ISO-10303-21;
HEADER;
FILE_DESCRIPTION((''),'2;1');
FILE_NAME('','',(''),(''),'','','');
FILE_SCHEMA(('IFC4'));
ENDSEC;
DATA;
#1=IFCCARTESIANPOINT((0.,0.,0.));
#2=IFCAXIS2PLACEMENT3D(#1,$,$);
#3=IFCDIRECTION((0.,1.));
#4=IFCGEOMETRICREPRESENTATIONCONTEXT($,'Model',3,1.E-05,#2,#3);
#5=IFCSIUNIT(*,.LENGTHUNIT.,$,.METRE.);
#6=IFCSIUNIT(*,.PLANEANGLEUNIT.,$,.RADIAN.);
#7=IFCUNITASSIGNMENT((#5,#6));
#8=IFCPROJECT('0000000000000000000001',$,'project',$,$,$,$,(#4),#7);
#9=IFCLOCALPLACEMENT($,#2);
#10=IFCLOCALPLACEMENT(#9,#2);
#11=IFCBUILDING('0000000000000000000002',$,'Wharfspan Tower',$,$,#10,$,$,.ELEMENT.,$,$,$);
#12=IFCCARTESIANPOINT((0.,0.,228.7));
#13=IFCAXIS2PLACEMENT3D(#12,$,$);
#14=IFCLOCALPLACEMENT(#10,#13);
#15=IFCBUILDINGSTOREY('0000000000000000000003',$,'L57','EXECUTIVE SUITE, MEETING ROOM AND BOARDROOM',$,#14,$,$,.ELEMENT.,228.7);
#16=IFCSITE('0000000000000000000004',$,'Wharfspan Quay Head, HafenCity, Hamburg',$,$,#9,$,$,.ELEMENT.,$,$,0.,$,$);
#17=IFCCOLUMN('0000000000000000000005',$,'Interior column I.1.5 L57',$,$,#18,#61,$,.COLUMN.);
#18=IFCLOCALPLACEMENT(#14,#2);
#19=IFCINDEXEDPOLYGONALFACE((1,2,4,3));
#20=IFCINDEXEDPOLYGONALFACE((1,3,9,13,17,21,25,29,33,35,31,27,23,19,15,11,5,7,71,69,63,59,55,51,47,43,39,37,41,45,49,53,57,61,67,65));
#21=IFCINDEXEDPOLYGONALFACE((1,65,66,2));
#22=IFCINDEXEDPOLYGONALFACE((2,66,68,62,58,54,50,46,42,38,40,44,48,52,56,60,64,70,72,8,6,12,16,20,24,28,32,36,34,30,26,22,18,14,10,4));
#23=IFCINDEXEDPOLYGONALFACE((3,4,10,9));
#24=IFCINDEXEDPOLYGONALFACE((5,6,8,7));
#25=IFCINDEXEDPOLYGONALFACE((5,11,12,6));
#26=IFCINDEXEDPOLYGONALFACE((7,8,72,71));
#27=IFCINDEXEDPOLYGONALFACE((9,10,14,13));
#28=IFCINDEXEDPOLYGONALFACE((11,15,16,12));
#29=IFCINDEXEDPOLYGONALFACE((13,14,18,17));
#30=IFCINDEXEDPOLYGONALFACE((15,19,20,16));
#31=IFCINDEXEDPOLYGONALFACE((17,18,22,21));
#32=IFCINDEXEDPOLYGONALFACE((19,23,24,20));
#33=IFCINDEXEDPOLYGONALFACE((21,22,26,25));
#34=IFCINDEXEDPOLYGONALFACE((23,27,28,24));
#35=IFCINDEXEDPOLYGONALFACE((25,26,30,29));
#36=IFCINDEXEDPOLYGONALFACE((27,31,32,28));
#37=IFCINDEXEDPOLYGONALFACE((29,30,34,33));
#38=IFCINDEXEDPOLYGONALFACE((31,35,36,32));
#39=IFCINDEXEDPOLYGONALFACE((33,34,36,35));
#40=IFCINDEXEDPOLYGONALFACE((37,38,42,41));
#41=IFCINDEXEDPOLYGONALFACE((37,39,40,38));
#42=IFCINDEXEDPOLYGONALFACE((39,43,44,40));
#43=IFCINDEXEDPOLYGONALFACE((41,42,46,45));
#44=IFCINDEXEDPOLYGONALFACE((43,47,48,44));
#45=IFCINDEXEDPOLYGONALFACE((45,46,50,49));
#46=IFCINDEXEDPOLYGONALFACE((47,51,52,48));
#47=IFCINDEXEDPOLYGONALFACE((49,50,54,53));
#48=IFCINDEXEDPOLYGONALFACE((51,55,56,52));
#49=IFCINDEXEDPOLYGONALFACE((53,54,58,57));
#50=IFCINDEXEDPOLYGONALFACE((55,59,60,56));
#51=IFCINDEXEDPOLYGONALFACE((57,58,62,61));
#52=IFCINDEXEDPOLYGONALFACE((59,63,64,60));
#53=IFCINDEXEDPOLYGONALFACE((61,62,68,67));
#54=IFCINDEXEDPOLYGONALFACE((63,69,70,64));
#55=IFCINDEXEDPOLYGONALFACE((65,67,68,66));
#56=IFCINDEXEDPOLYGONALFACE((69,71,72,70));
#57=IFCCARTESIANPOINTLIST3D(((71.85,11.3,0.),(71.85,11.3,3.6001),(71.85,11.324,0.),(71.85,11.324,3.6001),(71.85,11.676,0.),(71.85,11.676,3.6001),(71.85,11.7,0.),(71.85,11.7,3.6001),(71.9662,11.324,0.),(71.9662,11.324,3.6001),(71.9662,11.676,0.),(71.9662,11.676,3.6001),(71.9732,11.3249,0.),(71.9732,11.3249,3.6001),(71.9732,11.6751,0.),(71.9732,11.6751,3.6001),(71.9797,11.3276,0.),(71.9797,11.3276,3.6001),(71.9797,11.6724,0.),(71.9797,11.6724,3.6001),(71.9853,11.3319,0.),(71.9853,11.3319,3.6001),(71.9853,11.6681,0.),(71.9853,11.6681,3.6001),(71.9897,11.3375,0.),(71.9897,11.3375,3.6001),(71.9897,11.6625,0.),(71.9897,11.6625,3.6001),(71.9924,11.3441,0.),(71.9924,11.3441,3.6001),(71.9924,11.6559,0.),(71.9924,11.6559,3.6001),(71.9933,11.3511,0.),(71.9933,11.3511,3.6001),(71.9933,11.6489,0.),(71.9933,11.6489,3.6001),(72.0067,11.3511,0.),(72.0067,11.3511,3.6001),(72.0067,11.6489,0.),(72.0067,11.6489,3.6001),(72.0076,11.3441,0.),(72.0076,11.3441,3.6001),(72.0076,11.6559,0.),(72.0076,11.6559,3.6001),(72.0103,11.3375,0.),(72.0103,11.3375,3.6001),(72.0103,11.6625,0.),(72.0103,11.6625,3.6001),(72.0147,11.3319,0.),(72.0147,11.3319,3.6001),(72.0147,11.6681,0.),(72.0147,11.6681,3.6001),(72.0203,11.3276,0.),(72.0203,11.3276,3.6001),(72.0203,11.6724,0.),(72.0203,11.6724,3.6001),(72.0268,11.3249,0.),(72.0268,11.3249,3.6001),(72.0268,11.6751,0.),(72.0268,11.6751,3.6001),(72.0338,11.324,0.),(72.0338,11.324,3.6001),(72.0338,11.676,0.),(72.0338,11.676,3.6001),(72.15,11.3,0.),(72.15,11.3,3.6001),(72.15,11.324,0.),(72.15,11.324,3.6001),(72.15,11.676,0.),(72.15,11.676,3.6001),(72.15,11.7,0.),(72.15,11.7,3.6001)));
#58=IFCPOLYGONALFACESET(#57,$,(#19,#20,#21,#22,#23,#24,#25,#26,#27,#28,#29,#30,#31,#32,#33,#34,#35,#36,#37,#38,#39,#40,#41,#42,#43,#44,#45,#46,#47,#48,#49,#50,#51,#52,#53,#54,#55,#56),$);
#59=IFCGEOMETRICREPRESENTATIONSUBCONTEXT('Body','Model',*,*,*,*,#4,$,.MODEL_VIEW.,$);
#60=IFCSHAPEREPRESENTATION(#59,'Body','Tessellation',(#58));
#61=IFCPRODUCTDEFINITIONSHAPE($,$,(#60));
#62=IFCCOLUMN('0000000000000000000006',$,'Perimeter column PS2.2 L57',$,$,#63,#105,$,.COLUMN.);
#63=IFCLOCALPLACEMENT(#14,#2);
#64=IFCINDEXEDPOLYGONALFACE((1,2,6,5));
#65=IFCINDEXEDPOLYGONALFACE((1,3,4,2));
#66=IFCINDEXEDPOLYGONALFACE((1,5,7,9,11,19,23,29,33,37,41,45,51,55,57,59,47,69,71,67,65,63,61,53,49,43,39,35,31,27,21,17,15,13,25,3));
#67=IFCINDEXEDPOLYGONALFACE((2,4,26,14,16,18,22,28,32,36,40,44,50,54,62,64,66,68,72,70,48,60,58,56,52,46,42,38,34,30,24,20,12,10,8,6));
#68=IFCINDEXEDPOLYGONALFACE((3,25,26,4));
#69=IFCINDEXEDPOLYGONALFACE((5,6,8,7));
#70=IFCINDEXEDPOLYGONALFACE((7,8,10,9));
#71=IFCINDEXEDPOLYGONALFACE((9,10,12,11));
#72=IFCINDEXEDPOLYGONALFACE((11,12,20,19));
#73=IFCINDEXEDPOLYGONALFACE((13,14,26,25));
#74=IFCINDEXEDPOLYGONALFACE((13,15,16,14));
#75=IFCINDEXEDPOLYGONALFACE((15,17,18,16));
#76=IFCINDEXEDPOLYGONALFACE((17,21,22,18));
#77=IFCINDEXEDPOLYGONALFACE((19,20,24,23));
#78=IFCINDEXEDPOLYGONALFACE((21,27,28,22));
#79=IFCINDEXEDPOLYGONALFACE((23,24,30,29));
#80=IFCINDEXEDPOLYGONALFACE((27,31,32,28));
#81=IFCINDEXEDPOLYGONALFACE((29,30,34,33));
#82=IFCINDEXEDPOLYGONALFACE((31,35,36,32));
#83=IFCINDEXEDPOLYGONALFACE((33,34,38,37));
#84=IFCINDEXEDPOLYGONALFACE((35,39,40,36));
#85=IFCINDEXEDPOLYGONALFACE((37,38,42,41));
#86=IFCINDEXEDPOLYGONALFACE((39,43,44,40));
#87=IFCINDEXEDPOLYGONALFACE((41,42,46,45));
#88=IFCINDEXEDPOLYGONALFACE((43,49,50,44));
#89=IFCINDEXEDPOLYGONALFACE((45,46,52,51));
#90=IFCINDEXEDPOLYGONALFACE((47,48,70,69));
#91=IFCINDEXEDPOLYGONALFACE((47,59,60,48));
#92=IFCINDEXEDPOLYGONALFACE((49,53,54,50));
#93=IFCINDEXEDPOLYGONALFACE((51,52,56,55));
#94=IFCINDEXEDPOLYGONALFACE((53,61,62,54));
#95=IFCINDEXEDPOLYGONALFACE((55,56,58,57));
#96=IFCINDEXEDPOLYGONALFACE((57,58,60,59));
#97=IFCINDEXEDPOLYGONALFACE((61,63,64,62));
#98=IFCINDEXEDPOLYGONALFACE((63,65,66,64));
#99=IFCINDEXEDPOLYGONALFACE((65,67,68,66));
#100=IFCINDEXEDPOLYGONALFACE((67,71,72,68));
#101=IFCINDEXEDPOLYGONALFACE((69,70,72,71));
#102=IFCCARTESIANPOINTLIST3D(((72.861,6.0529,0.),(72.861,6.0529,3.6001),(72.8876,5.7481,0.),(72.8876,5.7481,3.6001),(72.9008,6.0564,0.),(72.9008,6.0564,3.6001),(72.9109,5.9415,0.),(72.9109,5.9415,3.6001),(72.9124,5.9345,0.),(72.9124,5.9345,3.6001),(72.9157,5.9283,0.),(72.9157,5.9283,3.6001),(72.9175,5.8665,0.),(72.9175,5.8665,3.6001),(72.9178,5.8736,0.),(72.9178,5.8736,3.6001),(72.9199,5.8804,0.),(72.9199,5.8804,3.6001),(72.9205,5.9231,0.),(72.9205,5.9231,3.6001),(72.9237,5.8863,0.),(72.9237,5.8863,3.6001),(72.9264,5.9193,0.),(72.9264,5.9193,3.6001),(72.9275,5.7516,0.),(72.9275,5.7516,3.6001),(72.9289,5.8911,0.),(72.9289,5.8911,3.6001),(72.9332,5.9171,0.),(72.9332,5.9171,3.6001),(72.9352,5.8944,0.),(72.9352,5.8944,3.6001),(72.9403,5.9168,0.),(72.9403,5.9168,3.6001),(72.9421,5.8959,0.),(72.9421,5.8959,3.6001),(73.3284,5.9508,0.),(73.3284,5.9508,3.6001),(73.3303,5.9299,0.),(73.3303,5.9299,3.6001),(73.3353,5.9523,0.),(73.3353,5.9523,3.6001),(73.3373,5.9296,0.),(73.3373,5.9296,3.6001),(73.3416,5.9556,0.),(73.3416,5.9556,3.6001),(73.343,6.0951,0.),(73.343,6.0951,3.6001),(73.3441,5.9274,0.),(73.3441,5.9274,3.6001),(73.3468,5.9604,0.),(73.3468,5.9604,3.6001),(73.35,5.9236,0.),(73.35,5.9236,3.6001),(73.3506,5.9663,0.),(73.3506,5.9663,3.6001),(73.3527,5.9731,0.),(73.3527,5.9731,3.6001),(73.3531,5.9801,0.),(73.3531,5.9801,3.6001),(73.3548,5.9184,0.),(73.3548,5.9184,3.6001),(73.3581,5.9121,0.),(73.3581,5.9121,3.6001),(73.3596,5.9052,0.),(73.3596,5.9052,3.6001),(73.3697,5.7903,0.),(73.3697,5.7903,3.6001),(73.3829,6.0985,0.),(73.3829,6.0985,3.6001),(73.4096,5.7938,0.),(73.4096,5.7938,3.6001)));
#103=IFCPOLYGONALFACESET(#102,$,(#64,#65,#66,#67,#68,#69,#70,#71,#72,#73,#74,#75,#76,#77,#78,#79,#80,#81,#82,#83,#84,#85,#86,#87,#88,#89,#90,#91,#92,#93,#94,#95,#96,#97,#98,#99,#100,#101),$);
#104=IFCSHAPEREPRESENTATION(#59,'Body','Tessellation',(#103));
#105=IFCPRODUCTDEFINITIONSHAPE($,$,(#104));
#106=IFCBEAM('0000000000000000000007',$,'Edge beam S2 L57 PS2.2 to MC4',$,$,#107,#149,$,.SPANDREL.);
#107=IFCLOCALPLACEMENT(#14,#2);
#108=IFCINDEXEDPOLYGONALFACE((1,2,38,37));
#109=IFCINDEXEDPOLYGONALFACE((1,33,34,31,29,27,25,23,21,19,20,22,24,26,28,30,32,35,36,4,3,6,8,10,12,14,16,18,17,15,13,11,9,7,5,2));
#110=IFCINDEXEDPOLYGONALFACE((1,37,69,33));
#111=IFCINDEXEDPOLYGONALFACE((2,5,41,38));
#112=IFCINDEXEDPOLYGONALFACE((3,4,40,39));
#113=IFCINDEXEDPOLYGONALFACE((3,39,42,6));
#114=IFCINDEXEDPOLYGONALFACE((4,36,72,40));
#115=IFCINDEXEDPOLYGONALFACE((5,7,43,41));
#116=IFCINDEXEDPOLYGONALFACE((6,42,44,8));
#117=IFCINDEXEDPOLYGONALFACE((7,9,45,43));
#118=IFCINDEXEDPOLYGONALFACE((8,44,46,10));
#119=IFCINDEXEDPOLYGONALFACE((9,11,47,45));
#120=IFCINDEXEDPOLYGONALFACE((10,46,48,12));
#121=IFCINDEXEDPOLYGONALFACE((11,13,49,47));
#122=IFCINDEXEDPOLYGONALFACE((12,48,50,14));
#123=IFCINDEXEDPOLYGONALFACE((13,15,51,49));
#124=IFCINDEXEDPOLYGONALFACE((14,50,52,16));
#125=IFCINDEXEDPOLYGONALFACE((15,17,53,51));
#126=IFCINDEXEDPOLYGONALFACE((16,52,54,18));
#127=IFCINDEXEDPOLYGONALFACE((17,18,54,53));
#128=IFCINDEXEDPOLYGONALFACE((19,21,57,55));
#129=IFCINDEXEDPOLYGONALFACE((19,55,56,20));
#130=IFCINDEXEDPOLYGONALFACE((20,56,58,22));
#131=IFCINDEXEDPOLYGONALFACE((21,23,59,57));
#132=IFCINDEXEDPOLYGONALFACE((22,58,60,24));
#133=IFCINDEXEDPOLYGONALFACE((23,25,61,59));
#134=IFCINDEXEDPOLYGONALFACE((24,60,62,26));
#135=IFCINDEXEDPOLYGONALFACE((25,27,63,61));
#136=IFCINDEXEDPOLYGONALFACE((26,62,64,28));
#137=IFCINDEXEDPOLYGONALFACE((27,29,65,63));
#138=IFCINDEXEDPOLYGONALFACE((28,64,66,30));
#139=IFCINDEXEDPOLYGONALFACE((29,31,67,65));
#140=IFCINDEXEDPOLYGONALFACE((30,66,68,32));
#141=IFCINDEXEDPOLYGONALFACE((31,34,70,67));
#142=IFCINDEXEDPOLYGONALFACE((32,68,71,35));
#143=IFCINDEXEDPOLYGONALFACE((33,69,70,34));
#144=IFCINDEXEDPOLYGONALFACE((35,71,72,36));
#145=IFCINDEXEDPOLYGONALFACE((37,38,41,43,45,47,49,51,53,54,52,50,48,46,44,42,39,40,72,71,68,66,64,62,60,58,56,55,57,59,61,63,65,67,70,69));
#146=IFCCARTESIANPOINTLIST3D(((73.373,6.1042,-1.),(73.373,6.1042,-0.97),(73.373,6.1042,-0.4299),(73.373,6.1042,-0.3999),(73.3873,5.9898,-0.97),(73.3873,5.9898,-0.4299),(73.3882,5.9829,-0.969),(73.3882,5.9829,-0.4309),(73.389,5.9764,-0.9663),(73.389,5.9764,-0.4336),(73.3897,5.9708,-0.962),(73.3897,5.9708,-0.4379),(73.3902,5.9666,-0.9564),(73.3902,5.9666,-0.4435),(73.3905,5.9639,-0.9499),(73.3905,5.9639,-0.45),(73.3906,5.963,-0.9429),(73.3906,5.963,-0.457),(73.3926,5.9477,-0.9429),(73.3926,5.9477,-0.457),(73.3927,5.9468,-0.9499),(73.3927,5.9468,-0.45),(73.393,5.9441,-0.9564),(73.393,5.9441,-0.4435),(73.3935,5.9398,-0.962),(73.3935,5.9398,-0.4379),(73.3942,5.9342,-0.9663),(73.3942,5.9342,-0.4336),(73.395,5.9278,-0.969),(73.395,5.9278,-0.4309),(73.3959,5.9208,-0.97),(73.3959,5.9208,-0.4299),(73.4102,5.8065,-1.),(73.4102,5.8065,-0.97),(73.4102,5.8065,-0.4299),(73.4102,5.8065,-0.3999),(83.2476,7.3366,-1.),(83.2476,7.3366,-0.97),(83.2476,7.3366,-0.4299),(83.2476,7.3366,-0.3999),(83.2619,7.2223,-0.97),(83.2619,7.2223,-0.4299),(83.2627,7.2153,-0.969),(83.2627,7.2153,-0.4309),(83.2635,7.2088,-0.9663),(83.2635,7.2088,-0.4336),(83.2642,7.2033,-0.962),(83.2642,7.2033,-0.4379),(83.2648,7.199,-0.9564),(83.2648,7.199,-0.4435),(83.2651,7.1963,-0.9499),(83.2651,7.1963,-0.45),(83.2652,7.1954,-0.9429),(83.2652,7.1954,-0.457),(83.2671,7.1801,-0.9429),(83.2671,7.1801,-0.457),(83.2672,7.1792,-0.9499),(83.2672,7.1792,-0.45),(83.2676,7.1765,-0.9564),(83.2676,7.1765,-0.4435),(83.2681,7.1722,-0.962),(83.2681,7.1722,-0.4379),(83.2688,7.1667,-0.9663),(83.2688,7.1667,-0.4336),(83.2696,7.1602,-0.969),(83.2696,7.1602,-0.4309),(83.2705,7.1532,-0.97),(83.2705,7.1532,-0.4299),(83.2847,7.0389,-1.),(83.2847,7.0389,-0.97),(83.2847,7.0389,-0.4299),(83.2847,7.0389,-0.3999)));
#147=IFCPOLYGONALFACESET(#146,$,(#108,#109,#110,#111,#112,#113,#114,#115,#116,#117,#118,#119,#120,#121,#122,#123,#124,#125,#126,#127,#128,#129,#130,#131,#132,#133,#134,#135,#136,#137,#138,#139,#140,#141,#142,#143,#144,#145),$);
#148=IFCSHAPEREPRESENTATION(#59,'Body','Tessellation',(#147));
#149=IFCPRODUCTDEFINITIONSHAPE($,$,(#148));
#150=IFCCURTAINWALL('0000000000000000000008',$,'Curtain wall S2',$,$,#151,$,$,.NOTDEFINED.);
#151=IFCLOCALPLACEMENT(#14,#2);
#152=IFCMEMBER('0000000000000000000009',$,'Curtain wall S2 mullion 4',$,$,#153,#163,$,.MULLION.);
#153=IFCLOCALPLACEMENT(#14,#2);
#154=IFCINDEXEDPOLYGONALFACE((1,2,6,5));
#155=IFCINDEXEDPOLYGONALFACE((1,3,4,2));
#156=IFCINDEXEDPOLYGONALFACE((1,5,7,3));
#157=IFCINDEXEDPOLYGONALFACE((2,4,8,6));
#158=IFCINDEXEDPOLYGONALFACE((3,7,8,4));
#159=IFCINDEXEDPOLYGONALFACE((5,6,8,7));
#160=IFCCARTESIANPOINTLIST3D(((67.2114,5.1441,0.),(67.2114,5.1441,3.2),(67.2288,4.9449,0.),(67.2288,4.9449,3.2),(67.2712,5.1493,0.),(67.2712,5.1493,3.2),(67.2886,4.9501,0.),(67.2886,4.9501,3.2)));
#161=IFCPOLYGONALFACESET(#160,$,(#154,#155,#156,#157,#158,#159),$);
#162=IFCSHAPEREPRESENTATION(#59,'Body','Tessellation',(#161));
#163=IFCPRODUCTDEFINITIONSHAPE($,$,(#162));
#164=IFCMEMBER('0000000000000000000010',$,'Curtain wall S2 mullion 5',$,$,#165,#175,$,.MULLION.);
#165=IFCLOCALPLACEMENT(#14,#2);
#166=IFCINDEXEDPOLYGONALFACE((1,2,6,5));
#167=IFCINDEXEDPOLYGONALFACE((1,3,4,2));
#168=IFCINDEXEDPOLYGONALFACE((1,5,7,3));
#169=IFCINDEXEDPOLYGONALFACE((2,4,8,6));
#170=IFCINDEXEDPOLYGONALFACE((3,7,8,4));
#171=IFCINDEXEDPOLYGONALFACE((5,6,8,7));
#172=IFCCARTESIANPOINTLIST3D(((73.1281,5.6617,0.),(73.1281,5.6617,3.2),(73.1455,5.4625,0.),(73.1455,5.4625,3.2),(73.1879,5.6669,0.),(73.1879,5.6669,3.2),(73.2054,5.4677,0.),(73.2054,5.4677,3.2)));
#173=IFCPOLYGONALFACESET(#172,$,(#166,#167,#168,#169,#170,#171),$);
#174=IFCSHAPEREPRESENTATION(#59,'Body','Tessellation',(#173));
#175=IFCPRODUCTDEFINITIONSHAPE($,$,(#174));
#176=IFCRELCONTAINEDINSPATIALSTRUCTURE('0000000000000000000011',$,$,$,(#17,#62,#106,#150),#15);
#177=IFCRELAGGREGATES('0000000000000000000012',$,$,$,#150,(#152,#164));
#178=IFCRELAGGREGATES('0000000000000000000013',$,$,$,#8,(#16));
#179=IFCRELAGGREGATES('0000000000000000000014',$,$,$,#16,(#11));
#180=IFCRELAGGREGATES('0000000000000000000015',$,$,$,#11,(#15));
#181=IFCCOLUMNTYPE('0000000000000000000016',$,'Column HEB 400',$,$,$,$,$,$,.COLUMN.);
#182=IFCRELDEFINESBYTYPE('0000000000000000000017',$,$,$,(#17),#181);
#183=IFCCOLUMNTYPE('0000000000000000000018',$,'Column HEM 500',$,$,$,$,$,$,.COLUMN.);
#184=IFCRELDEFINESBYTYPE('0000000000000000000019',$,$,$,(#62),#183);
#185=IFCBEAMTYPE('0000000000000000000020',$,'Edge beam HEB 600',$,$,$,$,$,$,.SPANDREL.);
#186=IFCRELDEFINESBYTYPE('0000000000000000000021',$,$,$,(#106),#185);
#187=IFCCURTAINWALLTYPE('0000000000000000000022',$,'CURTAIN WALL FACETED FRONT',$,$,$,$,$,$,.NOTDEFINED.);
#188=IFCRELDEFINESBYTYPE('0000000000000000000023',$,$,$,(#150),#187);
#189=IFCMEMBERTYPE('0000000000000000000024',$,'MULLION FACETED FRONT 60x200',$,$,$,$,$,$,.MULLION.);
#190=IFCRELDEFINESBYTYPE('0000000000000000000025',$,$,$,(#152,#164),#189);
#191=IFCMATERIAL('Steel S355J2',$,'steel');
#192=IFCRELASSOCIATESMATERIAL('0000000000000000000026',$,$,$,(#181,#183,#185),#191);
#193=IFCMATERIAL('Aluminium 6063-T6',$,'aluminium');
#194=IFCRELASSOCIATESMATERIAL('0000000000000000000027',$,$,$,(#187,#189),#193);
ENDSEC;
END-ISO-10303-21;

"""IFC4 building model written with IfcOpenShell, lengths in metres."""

from ifc_helpers import new_model, si_unit, direction, frame, origin, origin_2d, place, context, subcontext, project, spatial, rectangle, i_section, extrude, material, material_profile, profile_set, type_object, element, aggregate, save


model = new_model("IFC4")

# Units and contexts
model_context = context("Model", 3, precision=1e-05, world=origin(), true_north=direction((0.0, 1.0)))
body_context = subcontext(model_context, "Body", "Model", "MODEL_VIEW")
ifc_project = project(units=[si_unit("LENGTHUNIT", "METRE"), si_unit("PLANEANGLEUNIT", "RADIAN")], contexts=[model_context])

# Site, building, storey
site_placement = place(None, origin())
site = spatial("IfcSite", under=ifc_project, at=site_placement, Name="Wharfspan Quay Head, HafenCity, Hamburg", CompositionType="ELEMENT", RefElevation=0.0)
building_placement = place(site_placement, origin())
building = spatial("IfcBuilding", under=site, at=building_placement, Name="Wharfspan Tower", CompositionType="ELEMENT")
storey_placement = place(building_placement, frame((0.0, 0.0, 228.7)))
storey = spatial("IfcBuildingStorey", under=building, at=storey_placement, Name="L57", Description="EXECUTIVE SUITE, MEETING ROOM AND BOARDROOM", CompositionType="ELEMENT", Elevation=228.7)

# Columns
ifc_material_1 = material(Name="Steel S355J2", Category="steel")
ifc_material_profile_1 = material_profile(ifc_material_1, i_section(OverallWidth=0.3, OverallDepth=0.3999, WebThickness=0.0134, FlangeThickness=0.0239, FilletRadius=0.0271, at=origin_2d()))
ifc_profile_set_1 = profile_set([ifc_material_profile_1], Name="Steel S355J2")
column_type_1 = type_object("IfcColumnType", Name="Column HEB 400", PredefinedType="COLUMN", material=ifc_profile_set_1)
column_1_placement = place(storey_placement, frame((72.0, 11.5, 0.0), z_axis=(0.0, 0.0, 1.0), x_axis=(1.0, 0.0, 0.0)))
element("IfcColumn", 1, at=column_1_placement, inside=storey, type_object=column_type_1, Name="Interior column I.1.5 L57", PredefinedType="COLUMN", context=body_context, shape_type="SweptSolid", body=[
    extrude(i_section(OverallWidth=0.3, OverallDepth=0.3999, WebThickness=0.0134, FlangeThickness=0.0239, FilletRadius=0.0271, at=origin_2d()), origin(), (0.0, 0.0, 1.0), 3.6001),
])
ifc_material_profile_2 = material_profile(ifc_material_1, i_section(OverallWidth=0.3059, OverallDepth=0.5239, WebThickness=0.021, FlangeThickness=0.04, FilletRadius=0.0271, at=origin_2d()))
ifc_profile_set_2 = profile_set([ifc_material_profile_2], Name="Steel S355J2")
column_type_2 = type_object("IfcColumnType", Name="Column HEM 500", PredefinedType="COLUMN", material=ifc_profile_set_2)
column_2_placement = place(storey_placement, frame((73.1353, 5.9233, 0.0), z_axis=(0.0, 0.0, 1.0), x_axis=(0.087156, -0.996197, 0.0)))
element("IfcColumn", 2, at=column_2_placement, inside=storey, type_object=column_type_2, Name="Perimeter column PS2.2 L57", PredefinedType="COLUMN", context=body_context, shape_type="SweptSolid", body=[
    extrude(i_section(OverallWidth=0.3059, OverallDepth=0.5239, WebThickness=0.021, FlangeThickness=0.04, FilletRadius=0.0271, at=origin_2d()), origin(), (0.0, 0.0, 1.0), 3.6001),
])

# Beam
ifc_material_profile_3 = material_profile(ifc_material_1, i_section(OverallWidth=0.3, OverallDepth=0.6001, WebThickness=0.0154, FlangeThickness=0.03, FilletRadius=0.0271, at=origin_2d()))
ifc_profile_set_3 = profile_set([ifc_material_profile_3], Name="Steel S355J2")
beam_type = type_object("IfcBeamType", Name="Edge beam HEB 600", PredefinedType="SPANDREL", material=ifc_profile_set_3)
beam_placement = place(storey_placement, frame((73.3916, 5.9553, -0.7), z_axis=(0.992301, 0.123848, 0.0), x_axis=(-0.123848, 0.992301, 0.0)))
element("IfcBeam", 3, at=beam_placement, inside=storey, type_object=beam_type, Name="Edge beam S2 L57 PS2.2 to MC4", PredefinedType="SPANDREL", context=body_context, shape_type="SweptSolid", body=[
    extrude(i_section(OverallWidth=0.3, OverallDepth=0.6001, WebThickness=0.0154, FlangeThickness=0.03, FilletRadius=0.0271, at=origin_2d()), origin(), (0.0, 0.0, 1.0), 9.9512),
])

# Curtain wall, members
ifc_material_2 = material(Name="Aluminium 6063-T6", Category="aluminium")
curtain_wall_type = type_object("IfcCurtainWallType", Name="CURTAIN WALL FACETED FRONT", PredefinedType="NOTDEFINED", material=ifc_material_2)
curtain_wall_placement = place(storey_placement, origin())
curtain_wall = element("IfcCurtainWall", 4, at=curtain_wall_placement, inside=storey, type_object=curtain_wall_type, Name="Curtain wall S2", PredefinedType="NOTDEFINED")
ifc_material_profile_4 = material_profile(ifc_material_2, rectangle(XDim=0.2, YDim=0.0601, at=origin_2d()))
ifc_profile_set_4 = profile_set([ifc_material_profile_4], Name="Aluminium 6063-T6")
member_type_1 = type_object("IfcMemberType", Name="MULLION FACETED FRONT 60x200", PredefinedType="MULLION", material=ifc_profile_set_4)
member_1_placement = place(storey_placement, frame((67.25, 5.0471, 0.0), z_axis=(0.0, 0.0, 1.0), x_axis=(-0.087156, 0.996197, 0.0)))
member_1 = element("IfcMember", 5, at=member_1_placement, type_object=member_type_1, Name="Curtain wall S2 mullion 4", PredefinedType="MULLION", context=body_context, shape_type="SweptSolid", body=[
    extrude(rectangle(XDim=0.2, YDim=0.0601, at=origin_2d()), origin(), (0.0, 0.0, 1.0), 3.2),
])
member_2_placement = place(storey_placement, frame((73.1667, 5.5647, 0.0), z_axis=(0.0, 0.0, 1.0), x_axis=(-0.087156, 0.996197, 0.0)))
member_2 = element("IfcMember", 6, at=member_2_placement, type_object=member_type_1, Name="Curtain wall S2 mullion 5", PredefinedType="MULLION", context=body_context, shape_type="SweptSolid", body=[
    extrude(rectangle(XDim=0.2, YDim=0.0601, at=origin_2d()), origin(), (0.0, 0.0, 1.0), 3.2),
])

aggregate(curtain_wall, [member_1, member_2])

save(model, "model.ifc")
